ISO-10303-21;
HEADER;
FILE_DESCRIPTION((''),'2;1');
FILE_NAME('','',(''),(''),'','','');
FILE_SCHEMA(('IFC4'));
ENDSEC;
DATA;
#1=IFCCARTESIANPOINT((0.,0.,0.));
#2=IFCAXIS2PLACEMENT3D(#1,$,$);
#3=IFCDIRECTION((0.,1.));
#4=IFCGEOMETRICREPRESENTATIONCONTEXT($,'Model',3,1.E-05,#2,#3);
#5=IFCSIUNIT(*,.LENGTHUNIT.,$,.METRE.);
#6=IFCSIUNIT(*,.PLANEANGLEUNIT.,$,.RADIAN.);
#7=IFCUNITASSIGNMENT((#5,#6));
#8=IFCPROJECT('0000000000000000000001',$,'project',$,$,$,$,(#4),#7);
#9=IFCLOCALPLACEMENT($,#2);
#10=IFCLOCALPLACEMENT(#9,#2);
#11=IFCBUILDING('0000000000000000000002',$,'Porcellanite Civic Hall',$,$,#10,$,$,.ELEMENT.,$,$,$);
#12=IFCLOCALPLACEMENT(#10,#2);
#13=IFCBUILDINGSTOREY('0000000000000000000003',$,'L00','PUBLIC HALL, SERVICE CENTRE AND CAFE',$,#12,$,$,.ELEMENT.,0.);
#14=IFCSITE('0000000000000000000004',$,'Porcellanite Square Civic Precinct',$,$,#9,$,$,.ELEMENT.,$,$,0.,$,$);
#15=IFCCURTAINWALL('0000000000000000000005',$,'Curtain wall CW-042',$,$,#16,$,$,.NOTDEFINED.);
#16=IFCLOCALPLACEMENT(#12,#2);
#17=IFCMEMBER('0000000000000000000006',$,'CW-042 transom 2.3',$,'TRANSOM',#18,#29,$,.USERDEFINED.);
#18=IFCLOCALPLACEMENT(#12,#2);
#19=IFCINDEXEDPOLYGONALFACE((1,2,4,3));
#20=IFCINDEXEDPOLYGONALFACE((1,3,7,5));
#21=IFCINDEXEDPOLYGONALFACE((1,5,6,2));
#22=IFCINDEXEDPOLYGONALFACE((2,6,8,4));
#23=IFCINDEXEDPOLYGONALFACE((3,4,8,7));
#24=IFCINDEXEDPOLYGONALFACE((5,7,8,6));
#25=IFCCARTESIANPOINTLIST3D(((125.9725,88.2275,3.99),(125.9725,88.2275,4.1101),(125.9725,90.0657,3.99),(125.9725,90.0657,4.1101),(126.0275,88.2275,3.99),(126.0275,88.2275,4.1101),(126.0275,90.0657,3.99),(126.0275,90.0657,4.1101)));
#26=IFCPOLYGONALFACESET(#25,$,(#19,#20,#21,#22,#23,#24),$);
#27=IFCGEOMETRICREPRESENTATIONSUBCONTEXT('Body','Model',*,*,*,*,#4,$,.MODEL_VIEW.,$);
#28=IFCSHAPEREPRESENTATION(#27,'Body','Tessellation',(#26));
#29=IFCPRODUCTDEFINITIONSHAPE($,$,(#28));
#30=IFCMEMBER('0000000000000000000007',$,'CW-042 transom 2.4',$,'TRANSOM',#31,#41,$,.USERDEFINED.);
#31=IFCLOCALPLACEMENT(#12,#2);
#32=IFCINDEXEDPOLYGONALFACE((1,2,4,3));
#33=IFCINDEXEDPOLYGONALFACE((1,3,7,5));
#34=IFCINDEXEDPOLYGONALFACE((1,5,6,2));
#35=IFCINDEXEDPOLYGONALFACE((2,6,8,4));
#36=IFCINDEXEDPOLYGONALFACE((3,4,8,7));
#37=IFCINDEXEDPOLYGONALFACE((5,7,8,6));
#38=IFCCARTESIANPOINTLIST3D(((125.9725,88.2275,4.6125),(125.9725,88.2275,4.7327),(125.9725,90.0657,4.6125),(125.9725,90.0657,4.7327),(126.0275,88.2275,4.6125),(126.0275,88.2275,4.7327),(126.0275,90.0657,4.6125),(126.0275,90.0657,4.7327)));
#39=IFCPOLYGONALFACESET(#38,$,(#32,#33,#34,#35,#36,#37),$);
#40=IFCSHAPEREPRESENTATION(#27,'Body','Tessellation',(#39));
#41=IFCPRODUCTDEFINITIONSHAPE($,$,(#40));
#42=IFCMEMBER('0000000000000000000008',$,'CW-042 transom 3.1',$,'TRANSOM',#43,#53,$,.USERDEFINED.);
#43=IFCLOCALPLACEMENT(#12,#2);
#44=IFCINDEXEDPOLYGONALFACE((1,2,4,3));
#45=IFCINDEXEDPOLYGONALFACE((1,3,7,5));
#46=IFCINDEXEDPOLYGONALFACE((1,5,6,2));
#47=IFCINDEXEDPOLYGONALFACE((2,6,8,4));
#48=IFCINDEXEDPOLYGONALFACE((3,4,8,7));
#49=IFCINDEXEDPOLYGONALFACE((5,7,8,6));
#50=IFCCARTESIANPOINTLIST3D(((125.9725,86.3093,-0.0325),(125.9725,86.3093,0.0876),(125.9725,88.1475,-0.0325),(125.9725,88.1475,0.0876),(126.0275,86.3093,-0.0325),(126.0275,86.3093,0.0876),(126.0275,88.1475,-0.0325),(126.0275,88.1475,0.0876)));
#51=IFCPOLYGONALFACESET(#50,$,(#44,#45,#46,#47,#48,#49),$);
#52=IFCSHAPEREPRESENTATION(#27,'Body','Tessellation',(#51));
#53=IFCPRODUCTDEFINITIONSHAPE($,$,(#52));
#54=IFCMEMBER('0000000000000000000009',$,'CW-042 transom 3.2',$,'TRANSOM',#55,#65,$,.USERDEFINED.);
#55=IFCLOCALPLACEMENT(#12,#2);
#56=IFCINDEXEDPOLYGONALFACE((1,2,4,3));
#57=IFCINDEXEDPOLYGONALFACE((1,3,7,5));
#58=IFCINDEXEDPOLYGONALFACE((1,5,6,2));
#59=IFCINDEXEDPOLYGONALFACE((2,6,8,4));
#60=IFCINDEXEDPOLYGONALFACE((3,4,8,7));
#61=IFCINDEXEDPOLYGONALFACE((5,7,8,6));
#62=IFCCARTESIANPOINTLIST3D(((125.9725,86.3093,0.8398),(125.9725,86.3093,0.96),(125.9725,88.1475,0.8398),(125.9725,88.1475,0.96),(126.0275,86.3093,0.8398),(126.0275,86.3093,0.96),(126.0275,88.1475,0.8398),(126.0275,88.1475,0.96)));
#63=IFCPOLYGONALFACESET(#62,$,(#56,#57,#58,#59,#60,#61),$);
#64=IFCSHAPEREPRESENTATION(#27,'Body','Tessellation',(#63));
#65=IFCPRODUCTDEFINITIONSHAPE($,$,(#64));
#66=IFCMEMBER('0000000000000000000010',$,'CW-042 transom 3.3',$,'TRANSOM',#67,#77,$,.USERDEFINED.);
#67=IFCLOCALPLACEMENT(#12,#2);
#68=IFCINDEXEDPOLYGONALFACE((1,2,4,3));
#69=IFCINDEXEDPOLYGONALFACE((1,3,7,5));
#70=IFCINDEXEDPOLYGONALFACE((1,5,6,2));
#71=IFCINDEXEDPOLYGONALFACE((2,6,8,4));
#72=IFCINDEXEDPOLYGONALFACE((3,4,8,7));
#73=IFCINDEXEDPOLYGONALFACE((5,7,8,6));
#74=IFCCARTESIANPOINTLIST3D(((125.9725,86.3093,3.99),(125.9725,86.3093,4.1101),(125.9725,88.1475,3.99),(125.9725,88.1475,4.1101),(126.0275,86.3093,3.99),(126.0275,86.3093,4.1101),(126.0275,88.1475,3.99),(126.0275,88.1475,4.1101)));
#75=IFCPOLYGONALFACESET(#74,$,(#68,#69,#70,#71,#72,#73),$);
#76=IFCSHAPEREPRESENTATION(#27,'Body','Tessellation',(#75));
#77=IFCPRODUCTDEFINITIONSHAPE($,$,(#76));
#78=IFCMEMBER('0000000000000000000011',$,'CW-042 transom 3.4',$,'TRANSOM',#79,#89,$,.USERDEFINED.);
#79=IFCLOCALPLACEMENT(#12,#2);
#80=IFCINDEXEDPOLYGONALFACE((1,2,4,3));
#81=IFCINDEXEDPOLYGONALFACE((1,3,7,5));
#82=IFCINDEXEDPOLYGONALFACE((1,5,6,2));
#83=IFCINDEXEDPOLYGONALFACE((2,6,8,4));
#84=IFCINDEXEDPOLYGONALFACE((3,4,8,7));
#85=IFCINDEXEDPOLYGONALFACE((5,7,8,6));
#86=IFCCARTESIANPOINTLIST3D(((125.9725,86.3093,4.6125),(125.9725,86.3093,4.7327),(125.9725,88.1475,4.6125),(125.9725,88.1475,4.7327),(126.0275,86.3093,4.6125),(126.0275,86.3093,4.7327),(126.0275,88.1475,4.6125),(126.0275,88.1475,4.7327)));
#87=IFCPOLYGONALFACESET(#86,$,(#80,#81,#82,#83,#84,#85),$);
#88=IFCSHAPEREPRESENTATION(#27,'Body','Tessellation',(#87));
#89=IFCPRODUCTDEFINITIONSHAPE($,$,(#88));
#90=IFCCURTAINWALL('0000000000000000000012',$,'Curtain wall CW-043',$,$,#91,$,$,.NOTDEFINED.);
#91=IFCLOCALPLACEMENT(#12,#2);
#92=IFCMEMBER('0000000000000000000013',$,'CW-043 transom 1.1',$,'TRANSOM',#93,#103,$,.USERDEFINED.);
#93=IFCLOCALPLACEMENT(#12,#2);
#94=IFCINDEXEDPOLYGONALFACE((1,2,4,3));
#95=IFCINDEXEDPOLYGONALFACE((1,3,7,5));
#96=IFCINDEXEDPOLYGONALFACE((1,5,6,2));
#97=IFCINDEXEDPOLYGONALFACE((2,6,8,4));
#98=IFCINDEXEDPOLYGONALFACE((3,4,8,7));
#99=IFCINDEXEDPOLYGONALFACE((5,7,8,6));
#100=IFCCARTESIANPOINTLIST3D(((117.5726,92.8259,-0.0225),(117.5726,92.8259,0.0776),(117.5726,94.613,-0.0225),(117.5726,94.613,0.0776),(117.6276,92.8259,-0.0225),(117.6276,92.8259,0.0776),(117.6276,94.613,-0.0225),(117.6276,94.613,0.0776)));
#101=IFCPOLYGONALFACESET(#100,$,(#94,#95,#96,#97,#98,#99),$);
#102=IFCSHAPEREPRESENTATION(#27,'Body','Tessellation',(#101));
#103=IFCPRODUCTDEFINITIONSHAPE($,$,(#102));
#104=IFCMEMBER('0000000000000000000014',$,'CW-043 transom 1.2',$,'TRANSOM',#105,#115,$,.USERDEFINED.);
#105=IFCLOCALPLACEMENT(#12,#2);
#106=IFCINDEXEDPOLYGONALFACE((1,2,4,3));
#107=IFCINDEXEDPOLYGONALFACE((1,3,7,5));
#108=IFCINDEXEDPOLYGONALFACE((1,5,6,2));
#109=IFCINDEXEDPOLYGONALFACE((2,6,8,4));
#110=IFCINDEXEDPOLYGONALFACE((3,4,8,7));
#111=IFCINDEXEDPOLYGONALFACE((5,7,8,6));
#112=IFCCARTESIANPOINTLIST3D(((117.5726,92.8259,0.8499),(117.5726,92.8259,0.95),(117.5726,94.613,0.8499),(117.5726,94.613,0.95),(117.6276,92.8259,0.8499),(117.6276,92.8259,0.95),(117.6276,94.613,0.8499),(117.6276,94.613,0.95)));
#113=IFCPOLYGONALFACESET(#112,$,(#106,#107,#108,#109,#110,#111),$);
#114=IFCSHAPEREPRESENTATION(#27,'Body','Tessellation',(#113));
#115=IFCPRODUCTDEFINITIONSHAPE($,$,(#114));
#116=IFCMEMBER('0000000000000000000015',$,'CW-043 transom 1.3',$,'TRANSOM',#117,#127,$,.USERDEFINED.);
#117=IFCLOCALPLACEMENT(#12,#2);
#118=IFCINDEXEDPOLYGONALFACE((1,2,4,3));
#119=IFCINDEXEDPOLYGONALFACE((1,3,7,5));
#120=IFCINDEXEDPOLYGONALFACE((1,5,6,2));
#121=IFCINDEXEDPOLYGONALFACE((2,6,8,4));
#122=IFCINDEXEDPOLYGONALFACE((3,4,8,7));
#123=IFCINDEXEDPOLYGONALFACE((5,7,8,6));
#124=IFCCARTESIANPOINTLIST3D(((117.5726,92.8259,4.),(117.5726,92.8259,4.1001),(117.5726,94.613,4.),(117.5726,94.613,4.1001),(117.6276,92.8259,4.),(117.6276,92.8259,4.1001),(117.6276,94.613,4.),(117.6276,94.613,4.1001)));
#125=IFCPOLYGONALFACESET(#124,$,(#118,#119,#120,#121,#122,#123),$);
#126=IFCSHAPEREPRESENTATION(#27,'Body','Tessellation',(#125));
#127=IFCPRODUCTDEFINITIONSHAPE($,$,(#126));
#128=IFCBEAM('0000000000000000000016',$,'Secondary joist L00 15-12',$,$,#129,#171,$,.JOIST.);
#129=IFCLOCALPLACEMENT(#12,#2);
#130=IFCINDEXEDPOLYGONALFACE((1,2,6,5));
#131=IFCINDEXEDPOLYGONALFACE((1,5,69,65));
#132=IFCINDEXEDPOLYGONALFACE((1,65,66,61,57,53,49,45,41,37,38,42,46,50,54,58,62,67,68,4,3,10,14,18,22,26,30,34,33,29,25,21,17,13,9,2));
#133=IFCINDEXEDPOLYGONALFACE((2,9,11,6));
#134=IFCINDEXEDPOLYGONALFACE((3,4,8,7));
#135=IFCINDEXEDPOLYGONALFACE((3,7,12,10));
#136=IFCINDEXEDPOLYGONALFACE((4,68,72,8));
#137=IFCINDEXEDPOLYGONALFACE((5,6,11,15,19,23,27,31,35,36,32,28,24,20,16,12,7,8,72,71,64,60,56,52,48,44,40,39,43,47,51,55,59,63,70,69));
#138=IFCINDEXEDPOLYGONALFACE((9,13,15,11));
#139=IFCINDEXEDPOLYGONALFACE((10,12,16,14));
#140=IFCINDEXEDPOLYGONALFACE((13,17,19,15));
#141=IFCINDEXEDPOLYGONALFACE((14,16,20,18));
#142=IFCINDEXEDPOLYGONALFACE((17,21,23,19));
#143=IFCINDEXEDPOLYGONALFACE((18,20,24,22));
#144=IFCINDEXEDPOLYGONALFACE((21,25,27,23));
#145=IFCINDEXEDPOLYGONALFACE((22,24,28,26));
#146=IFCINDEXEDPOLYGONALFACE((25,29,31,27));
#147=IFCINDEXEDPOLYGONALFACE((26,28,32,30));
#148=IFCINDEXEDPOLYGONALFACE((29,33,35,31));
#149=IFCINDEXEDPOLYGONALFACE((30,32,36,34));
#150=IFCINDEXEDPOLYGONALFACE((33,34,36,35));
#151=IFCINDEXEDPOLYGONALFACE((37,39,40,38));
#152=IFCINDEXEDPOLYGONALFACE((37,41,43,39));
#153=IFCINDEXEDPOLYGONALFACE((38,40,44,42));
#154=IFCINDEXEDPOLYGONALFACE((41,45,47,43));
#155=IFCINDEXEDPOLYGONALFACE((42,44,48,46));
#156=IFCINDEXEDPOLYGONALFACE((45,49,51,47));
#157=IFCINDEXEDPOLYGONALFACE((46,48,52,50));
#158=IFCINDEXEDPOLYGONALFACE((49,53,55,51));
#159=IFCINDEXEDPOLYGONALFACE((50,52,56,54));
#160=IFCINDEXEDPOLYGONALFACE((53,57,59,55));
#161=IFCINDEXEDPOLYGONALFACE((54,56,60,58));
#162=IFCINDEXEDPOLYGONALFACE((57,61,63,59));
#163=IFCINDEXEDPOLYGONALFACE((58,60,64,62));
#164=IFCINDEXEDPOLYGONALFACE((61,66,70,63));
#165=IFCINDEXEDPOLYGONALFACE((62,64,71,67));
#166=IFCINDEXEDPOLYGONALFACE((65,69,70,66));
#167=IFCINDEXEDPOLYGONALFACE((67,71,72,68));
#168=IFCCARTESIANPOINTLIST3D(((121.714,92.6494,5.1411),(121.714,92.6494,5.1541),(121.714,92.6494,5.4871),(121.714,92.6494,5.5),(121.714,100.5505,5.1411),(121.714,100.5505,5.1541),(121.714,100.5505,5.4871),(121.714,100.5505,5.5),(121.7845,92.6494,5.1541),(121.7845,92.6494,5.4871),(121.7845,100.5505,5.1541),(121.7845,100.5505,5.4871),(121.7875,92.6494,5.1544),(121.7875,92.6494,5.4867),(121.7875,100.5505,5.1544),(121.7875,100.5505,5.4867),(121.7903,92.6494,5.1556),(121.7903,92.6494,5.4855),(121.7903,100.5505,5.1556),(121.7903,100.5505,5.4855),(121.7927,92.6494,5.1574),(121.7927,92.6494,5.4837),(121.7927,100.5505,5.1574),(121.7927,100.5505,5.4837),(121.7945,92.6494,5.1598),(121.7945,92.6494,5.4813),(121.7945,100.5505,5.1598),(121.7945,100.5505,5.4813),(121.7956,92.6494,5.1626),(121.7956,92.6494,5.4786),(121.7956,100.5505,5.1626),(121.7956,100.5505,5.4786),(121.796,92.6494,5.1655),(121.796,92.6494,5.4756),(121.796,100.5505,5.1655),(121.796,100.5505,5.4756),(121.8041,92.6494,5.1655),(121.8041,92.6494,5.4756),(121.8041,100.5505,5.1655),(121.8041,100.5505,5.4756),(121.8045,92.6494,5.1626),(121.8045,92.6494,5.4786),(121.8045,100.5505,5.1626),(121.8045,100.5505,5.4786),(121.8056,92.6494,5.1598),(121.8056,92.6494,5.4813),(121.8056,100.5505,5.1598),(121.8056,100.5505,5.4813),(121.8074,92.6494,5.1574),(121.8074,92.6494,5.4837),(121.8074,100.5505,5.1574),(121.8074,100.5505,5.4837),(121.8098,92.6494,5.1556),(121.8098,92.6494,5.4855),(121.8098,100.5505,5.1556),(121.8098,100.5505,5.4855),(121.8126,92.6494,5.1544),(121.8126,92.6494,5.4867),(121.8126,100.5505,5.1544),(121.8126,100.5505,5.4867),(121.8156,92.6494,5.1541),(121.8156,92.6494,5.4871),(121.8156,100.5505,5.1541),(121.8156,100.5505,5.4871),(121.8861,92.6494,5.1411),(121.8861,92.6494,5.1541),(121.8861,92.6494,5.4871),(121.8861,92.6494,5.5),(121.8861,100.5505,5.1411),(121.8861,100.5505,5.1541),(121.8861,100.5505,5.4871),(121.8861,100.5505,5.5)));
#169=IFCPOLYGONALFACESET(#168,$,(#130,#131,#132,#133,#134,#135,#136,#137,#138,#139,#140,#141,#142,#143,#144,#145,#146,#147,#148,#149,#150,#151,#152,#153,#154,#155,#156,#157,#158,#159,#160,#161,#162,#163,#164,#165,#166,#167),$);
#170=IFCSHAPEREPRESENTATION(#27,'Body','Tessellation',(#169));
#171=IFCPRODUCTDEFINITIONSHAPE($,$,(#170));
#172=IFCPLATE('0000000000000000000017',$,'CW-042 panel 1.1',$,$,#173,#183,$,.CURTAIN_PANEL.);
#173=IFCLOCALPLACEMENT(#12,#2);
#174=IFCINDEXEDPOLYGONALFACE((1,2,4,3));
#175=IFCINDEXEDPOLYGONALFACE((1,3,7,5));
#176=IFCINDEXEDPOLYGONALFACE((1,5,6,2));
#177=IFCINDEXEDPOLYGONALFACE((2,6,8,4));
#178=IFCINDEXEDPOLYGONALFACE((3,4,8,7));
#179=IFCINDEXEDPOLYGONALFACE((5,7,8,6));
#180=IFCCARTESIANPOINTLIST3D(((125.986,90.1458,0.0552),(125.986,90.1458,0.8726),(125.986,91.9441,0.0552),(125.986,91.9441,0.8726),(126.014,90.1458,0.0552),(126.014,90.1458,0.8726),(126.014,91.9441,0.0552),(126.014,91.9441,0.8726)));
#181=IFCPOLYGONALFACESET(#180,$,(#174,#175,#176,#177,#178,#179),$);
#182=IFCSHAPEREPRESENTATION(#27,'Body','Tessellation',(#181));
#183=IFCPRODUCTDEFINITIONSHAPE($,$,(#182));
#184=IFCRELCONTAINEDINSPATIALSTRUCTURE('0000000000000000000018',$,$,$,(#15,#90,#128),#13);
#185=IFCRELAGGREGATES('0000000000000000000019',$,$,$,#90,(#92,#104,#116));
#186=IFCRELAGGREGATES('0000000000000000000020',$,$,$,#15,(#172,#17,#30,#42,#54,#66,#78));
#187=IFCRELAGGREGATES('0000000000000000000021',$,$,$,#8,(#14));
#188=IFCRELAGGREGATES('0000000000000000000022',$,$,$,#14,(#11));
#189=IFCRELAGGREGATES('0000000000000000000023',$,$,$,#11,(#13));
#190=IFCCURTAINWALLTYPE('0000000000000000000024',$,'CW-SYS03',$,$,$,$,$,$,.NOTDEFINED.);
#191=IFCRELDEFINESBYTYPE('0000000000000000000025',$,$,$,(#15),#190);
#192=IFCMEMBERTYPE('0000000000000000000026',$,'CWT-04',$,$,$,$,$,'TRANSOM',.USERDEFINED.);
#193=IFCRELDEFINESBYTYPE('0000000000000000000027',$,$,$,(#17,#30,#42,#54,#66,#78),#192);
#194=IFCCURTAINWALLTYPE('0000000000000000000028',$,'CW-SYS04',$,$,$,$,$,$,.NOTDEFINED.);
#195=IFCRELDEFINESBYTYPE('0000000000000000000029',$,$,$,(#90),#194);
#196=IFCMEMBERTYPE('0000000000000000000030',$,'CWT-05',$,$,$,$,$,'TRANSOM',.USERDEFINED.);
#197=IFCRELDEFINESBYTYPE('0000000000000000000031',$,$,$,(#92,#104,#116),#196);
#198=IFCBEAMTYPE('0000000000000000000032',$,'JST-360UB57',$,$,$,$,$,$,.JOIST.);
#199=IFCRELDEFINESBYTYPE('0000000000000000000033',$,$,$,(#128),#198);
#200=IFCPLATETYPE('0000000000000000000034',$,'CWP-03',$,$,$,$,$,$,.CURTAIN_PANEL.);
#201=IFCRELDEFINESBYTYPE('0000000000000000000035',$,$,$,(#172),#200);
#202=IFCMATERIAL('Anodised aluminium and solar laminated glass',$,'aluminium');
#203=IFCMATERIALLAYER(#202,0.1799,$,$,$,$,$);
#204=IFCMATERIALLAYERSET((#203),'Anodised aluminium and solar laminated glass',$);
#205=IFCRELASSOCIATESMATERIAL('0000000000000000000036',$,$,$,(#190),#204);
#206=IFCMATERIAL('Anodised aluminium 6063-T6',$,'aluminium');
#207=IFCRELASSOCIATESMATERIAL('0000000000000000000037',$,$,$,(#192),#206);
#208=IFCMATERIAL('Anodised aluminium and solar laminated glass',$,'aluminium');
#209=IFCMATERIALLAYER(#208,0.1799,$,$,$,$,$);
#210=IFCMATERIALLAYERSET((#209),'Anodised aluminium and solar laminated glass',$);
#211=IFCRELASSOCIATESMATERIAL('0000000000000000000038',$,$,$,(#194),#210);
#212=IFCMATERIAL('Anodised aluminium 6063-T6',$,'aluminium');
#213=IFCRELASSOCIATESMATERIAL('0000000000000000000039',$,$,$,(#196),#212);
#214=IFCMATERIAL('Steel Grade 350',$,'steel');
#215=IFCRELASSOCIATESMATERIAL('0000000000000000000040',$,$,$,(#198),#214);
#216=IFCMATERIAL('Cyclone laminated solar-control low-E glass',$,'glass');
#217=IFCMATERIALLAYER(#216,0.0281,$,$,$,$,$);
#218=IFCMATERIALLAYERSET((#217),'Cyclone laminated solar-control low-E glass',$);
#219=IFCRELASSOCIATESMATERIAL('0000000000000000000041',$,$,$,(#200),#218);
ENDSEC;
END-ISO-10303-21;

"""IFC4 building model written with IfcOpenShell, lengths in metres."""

from ifc_helpers import new_model, si_unit, direction, frame, origin, origin_2d, place, context, subcontext, project, spatial, rectangle, i_section, extrude, material, layer, layer_set, material_profile, profile_set, type_object, element, aggregate, save


model = new_model("IFC4")

# Units and contexts
model_context = context("Model", 3, precision=1e-05, world=origin(), true_north=direction((0.0, 1.0)))
body_context = subcontext(model_context, "Body", "Model", "MODEL_VIEW")
ifc_project = project(units=[si_unit("LENGTHUNIT", "METRE"), si_unit("PLANEANGLEUNIT", "RADIAN")], contexts=[model_context])

# Site, building, storey
site_placement = place(None, origin())
site = spatial("IfcSite", under=ifc_project, at=site_placement, Name="Porcellanite Square Civic Precinct", CompositionType="ELEMENT", RefElevation=0.0)
building_placement = place(site_placement, origin())
building = spatial("IfcBuilding", under=site, at=building_placement, Name="Porcellanite Civic Hall", CompositionType="ELEMENT")
storey_placement = place(building_placement, origin())
storey = spatial("IfcBuildingStorey", under=building, at=storey_placement, Name="L00", Description="PUBLIC HALL, SERVICE CENTRE AND CAFE", CompositionType="ELEMENT", Elevation=0.0)

# Curtain wall
ifc_material_1 = material(Name="Anodised aluminium and solar laminated glass", Category="aluminium")
ifc_layer_1 = layer(ifc_material_1, 0.1799)
ifc_layer_set_1 = layer_set([ifc_layer_1], Name="Anodised aluminium and solar laminated glass")
curtain_wall_type_1 = type_object("IfcCurtainWallType", Name="CW-SYS03", PredefinedType="NOTDEFINED", material=ifc_layer_set_1)
curtain_wall_1_placement = place(storey_placement, origin())
curtain_wall_1 = element("IfcCurtainWall", 1, at=curtain_wall_1_placement, inside=storey, type_object=curtain_wall_type_1, Name="Curtain wall CW-042", PredefinedType="NOTDEFINED")

# Members
ifc_material_2 = material(Name="Anodised aluminium 6063-T6", Category="aluminium")
ifc_material_profile_1 = material_profile(ifc_material_2, rectangle(XDim=0.0549, YDim=0.1201, at=origin_2d()), Name="AL-55x120")
ifc_profile_set_1 = profile_set([ifc_material_profile_1], Name="Anodised aluminium 6063-T6")
member_type_1 = type_object("IfcMemberType", Name="CWT-04", ElementType="TRANSOM", PredefinedType="USERDEFINED", material=ifc_profile_set_1)
member_1_placement = place(storey_placement, frame((126.0, 90.0657, 4.05), z_axis=(0.0, -1.0, 0.0), x_axis=(1.0, 0.0, 0.0)))
member_1 = element("IfcMember", 2, at=member_1_placement, type_object=member_type_1, Name="CW-042 transom 2.3", ObjectType="TRANSOM", PredefinedType="USERDEFINED", context=body_context, shape_type="SweptSolid", body=[
    extrude(rectangle(XDim=0.0549, YDim=0.1201, at=origin_2d()), origin(), (0.0, 0.0, 1.0), 1.8381),
])
member_2_placement = place(storey_placement, frame((126.0, 90.0657, 4.6726), z_axis=(0.0, -1.0, 0.0), x_axis=(1.0, 0.0, 0.0)))
member_2 = element("IfcMember", 3, at=member_2_placement, type_object=member_type_1, Name="CW-042 transom 2.4", ObjectType="TRANSOM", PredefinedType="USERDEFINED", context=body_context, shape_type="SweptSolid", body=[
    extrude(rectangle(XDim=0.0549, YDim=0.1201, at=origin_2d()), origin(), (0.0, 0.0, 1.0), 1.8381),
])
member_3_placement = place(storey_placement, frame((126.0, 88.1475, 0.0276), z_axis=(0.0, -1.0, 0.0), x_axis=(1.0, 0.0, 0.0)))
member_3 = element("IfcMember", 4, at=member_3_placement, type_object=member_type_1, Name="CW-042 transom 3.1", ObjectType="TRANSOM", PredefinedType="USERDEFINED", context=body_context, shape_type="SweptSolid", body=[
    extrude(rectangle(XDim=0.0549, YDim=0.1201, at=origin_2d()), origin(), (0.0, 0.0, 1.0), 1.8381),
])
member_4_placement = place(storey_placement, frame((126.0, 88.1475, 0.8999), z_axis=(0.0, -1.0, 0.0), x_axis=(1.0, 0.0, 0.0)))
member_4 = element("IfcMember", 5, at=member_4_placement, type_object=member_type_1, Name="CW-042 transom 3.2", ObjectType="TRANSOM", PredefinedType="USERDEFINED", context=body_context, shape_type="SweptSolid", body=[
    extrude(rectangle(XDim=0.0549, YDim=0.1201, at=origin_2d()), origin(), (0.0, 0.0, 1.0), 1.8381),
])
member_5_placement = place(storey_placement, frame((126.0, 88.1475, 4.05), z_axis=(0.0, -1.0, 0.0), x_axis=(1.0, 0.0, 0.0)))
member_5 = element("IfcMember", 6, at=member_5_placement, type_object=member_type_1, Name="CW-042 transom 3.3", ObjectType="TRANSOM", PredefinedType="USERDEFINED", context=body_context, shape_type="SweptSolid", body=[
    extrude(rectangle(XDim=0.0549, YDim=0.1201, at=origin_2d()), origin(), (0.0, 0.0, 1.0), 1.8381),
])
member_6_placement = place(storey_placement, frame((126.0, 88.1475, 4.6726), z_axis=(0.0, -1.0, 0.0), x_axis=(1.0, 0.0, 0.0)))
member_6 = element("IfcMember", 7, at=member_6_placement, type_object=member_type_1, Name="CW-042 transom 3.4", ObjectType="TRANSOM", PredefinedType="USERDEFINED", context=body_context, shape_type="SweptSolid", body=[
    extrude(rectangle(XDim=0.0549, YDim=0.1201, at=origin_2d()), origin(), (0.0, 0.0, 1.0), 1.8381),
])

# Curtain wall, members
ifc_material_3 = material(Name="Anodised aluminium and solar laminated glass", Category="aluminium")
ifc_layer_2 = layer(ifc_material_3, 0.1799)
ifc_layer_set_2 = layer_set([ifc_layer_2], Name="Anodised aluminium and solar laminated glass")
curtain_wall_type_2 = type_object("IfcCurtainWallType", Name="CW-SYS04", PredefinedType="NOTDEFINED", material=ifc_layer_set_2)
curtain_wall_2_placement = place(storey_placement, origin())
curtain_wall_2 = element("IfcCurtainWall", 8, at=curtain_wall_2_placement, inside=storey, type_object=curtain_wall_type_2, Name="Curtain wall CW-043", PredefinedType="NOTDEFINED")
ifc_material_4 = material(Name="Anodised aluminium 6063-T6", Category="aluminium")
ifc_material_profile_2 = material_profile(ifc_material_4, rectangle(XDim=0.0549, YDim=0.1001, at=origin_2d()), Name="AL-55x100")
ifc_profile_set_2 = profile_set([ifc_material_profile_2], Name="Anodised aluminium 6063-T6")
member_type_2 = type_object("IfcMemberType", Name="CWT-05", ElementType="TRANSOM", PredefinedType="USERDEFINED", material=ifc_profile_set_2)
member_7_placement = place(storey_placement, frame((117.6001, 92.8259, 0.0276), z_axis=(0.0, 1.0, 0.0), x_axis=(-1.0, 0.0, 0.0)))
member_7 = element("IfcMember", 9, at=member_7_placement, type_object=member_type_2, Name="CW-043 transom 1.1", ObjectType="TRANSOM", PredefinedType="USERDEFINED", context=body_context, shape_type="SweptSolid", body=[
    extrude(rectangle(XDim=0.0549, YDim=0.1001, at=origin_2d()), origin(), (0.0, 0.0, 1.0), 1.7871),
])
member_8_placement = place(storey_placement, frame((117.6001, 92.8259, 0.8999), z_axis=(0.0, 1.0, 0.0), x_axis=(-1.0, 0.0, 0.0)))
member_8 = element("IfcMember", 10, at=member_8_placement, type_object=member_type_2, Name="CW-043 transom 1.2", ObjectType="TRANSOM", PredefinedType="USERDEFINED", context=body_context, shape_type="SweptSolid", body=[
    extrude(rectangle(XDim=0.0549, YDim=0.1001, at=origin_2d()), origin(), (0.0, 0.0, 1.0), 1.7871),
])
member_9_placement = place(storey_placement, frame((117.6001, 92.8259, 4.05), z_axis=(0.0, 1.0, 0.0), x_axis=(-1.0, 0.0, 0.0)))
member_9 = element("IfcMember", 11, at=member_9_placement, type_object=member_type_2, Name="CW-043 transom 1.3", ObjectType="TRANSOM", PredefinedType="USERDEFINED", context=body_context, shape_type="SweptSolid", body=[
    extrude(rectangle(XDim=0.0549, YDim=0.1001, at=origin_2d()), origin(), (0.0, 0.0, 1.0), 1.7871),
])
aggregate(curtain_wall_2, [member_7, member_8, member_9])

# Beam
ifc_material_5 = material(Name="Steel Grade 350", Category="steel")
ifc_material_profile_3 = material_profile(ifc_material_5, i_section(OverallWidth=0.1721, OverallDepth=0.3589, WebThickness=0.0081, FlangeThickness=0.0129, FilletRadius=0.0115, at=origin_2d()), Name="360UB56.7")
ifc_profile_set_3 = profile_set([ifc_material_profile_3], Name="Steel Grade 350")
beam_type_1 = type_object("IfcBeamType", Name="JST-360UB57", PredefinedType="JOIST", material=ifc_profile_set_3)
beam_1_placement = place(storey_placement, frame((121.8, 92.6494, 5.3206), z_axis=(0.0, 1.0, 0.0), x_axis=(-1.0, 0.0, 0.0)))
element("IfcBeam", 12, at=beam_1_placement, inside=storey, type_object=beam_type_1, Name="Secondary joist L00 15-12", PredefinedType="JOIST", context=body_context, shape_type="SweptSolid", body=[
    extrude(i_section(OverallWidth=0.1721, OverallDepth=0.3589, WebThickness=0.0081, FlangeThickness=0.0129, FilletRadius=0.0115, at=origin_2d()), origin(), (0.0, 0.0, 1.0), 7.9011),
])

# Plate
ifc_material_6 = material(Name="Cyclone laminated solar-control low-E glass", Category="glass")
ifc_layer_3 = layer(ifc_material_6, 0.0281)
ifc_layer_set_3 = layer_set([ifc_layer_3], Name="Cyclone laminated solar-control low-E glass")
plate_type = type_object("IfcPlateType", Name="CWP-03", PredefinedType="CURTAIN_PANEL", material=ifc_layer_set_3)
plate_1_placement = place(storey_placement, frame((126.0, 91.0449, 0.0552), z_axis=(0.0, 0.0, 1.0), x_axis=(0.0, -1.0, 0.0)))
plate_1 = element("IfcPlate", 13, at=plate_1_placement, type_object=plate_type, Name="CW-042 panel 1.1", PredefinedType="CURTAIN_PANEL", context=body_context, shape_type="SweptSolid", body=[
    extrude(rectangle(XDim=1.7983, YDim=0.0281, at=origin_2d()), origin(), (0.0, 0.0, 1.0), 0.8174),
])
aggregate(curtain_wall_1, [plate_1, member_1, member_2, member_3, member_4, member_5, member_6])

save(model, "model.ifc")
